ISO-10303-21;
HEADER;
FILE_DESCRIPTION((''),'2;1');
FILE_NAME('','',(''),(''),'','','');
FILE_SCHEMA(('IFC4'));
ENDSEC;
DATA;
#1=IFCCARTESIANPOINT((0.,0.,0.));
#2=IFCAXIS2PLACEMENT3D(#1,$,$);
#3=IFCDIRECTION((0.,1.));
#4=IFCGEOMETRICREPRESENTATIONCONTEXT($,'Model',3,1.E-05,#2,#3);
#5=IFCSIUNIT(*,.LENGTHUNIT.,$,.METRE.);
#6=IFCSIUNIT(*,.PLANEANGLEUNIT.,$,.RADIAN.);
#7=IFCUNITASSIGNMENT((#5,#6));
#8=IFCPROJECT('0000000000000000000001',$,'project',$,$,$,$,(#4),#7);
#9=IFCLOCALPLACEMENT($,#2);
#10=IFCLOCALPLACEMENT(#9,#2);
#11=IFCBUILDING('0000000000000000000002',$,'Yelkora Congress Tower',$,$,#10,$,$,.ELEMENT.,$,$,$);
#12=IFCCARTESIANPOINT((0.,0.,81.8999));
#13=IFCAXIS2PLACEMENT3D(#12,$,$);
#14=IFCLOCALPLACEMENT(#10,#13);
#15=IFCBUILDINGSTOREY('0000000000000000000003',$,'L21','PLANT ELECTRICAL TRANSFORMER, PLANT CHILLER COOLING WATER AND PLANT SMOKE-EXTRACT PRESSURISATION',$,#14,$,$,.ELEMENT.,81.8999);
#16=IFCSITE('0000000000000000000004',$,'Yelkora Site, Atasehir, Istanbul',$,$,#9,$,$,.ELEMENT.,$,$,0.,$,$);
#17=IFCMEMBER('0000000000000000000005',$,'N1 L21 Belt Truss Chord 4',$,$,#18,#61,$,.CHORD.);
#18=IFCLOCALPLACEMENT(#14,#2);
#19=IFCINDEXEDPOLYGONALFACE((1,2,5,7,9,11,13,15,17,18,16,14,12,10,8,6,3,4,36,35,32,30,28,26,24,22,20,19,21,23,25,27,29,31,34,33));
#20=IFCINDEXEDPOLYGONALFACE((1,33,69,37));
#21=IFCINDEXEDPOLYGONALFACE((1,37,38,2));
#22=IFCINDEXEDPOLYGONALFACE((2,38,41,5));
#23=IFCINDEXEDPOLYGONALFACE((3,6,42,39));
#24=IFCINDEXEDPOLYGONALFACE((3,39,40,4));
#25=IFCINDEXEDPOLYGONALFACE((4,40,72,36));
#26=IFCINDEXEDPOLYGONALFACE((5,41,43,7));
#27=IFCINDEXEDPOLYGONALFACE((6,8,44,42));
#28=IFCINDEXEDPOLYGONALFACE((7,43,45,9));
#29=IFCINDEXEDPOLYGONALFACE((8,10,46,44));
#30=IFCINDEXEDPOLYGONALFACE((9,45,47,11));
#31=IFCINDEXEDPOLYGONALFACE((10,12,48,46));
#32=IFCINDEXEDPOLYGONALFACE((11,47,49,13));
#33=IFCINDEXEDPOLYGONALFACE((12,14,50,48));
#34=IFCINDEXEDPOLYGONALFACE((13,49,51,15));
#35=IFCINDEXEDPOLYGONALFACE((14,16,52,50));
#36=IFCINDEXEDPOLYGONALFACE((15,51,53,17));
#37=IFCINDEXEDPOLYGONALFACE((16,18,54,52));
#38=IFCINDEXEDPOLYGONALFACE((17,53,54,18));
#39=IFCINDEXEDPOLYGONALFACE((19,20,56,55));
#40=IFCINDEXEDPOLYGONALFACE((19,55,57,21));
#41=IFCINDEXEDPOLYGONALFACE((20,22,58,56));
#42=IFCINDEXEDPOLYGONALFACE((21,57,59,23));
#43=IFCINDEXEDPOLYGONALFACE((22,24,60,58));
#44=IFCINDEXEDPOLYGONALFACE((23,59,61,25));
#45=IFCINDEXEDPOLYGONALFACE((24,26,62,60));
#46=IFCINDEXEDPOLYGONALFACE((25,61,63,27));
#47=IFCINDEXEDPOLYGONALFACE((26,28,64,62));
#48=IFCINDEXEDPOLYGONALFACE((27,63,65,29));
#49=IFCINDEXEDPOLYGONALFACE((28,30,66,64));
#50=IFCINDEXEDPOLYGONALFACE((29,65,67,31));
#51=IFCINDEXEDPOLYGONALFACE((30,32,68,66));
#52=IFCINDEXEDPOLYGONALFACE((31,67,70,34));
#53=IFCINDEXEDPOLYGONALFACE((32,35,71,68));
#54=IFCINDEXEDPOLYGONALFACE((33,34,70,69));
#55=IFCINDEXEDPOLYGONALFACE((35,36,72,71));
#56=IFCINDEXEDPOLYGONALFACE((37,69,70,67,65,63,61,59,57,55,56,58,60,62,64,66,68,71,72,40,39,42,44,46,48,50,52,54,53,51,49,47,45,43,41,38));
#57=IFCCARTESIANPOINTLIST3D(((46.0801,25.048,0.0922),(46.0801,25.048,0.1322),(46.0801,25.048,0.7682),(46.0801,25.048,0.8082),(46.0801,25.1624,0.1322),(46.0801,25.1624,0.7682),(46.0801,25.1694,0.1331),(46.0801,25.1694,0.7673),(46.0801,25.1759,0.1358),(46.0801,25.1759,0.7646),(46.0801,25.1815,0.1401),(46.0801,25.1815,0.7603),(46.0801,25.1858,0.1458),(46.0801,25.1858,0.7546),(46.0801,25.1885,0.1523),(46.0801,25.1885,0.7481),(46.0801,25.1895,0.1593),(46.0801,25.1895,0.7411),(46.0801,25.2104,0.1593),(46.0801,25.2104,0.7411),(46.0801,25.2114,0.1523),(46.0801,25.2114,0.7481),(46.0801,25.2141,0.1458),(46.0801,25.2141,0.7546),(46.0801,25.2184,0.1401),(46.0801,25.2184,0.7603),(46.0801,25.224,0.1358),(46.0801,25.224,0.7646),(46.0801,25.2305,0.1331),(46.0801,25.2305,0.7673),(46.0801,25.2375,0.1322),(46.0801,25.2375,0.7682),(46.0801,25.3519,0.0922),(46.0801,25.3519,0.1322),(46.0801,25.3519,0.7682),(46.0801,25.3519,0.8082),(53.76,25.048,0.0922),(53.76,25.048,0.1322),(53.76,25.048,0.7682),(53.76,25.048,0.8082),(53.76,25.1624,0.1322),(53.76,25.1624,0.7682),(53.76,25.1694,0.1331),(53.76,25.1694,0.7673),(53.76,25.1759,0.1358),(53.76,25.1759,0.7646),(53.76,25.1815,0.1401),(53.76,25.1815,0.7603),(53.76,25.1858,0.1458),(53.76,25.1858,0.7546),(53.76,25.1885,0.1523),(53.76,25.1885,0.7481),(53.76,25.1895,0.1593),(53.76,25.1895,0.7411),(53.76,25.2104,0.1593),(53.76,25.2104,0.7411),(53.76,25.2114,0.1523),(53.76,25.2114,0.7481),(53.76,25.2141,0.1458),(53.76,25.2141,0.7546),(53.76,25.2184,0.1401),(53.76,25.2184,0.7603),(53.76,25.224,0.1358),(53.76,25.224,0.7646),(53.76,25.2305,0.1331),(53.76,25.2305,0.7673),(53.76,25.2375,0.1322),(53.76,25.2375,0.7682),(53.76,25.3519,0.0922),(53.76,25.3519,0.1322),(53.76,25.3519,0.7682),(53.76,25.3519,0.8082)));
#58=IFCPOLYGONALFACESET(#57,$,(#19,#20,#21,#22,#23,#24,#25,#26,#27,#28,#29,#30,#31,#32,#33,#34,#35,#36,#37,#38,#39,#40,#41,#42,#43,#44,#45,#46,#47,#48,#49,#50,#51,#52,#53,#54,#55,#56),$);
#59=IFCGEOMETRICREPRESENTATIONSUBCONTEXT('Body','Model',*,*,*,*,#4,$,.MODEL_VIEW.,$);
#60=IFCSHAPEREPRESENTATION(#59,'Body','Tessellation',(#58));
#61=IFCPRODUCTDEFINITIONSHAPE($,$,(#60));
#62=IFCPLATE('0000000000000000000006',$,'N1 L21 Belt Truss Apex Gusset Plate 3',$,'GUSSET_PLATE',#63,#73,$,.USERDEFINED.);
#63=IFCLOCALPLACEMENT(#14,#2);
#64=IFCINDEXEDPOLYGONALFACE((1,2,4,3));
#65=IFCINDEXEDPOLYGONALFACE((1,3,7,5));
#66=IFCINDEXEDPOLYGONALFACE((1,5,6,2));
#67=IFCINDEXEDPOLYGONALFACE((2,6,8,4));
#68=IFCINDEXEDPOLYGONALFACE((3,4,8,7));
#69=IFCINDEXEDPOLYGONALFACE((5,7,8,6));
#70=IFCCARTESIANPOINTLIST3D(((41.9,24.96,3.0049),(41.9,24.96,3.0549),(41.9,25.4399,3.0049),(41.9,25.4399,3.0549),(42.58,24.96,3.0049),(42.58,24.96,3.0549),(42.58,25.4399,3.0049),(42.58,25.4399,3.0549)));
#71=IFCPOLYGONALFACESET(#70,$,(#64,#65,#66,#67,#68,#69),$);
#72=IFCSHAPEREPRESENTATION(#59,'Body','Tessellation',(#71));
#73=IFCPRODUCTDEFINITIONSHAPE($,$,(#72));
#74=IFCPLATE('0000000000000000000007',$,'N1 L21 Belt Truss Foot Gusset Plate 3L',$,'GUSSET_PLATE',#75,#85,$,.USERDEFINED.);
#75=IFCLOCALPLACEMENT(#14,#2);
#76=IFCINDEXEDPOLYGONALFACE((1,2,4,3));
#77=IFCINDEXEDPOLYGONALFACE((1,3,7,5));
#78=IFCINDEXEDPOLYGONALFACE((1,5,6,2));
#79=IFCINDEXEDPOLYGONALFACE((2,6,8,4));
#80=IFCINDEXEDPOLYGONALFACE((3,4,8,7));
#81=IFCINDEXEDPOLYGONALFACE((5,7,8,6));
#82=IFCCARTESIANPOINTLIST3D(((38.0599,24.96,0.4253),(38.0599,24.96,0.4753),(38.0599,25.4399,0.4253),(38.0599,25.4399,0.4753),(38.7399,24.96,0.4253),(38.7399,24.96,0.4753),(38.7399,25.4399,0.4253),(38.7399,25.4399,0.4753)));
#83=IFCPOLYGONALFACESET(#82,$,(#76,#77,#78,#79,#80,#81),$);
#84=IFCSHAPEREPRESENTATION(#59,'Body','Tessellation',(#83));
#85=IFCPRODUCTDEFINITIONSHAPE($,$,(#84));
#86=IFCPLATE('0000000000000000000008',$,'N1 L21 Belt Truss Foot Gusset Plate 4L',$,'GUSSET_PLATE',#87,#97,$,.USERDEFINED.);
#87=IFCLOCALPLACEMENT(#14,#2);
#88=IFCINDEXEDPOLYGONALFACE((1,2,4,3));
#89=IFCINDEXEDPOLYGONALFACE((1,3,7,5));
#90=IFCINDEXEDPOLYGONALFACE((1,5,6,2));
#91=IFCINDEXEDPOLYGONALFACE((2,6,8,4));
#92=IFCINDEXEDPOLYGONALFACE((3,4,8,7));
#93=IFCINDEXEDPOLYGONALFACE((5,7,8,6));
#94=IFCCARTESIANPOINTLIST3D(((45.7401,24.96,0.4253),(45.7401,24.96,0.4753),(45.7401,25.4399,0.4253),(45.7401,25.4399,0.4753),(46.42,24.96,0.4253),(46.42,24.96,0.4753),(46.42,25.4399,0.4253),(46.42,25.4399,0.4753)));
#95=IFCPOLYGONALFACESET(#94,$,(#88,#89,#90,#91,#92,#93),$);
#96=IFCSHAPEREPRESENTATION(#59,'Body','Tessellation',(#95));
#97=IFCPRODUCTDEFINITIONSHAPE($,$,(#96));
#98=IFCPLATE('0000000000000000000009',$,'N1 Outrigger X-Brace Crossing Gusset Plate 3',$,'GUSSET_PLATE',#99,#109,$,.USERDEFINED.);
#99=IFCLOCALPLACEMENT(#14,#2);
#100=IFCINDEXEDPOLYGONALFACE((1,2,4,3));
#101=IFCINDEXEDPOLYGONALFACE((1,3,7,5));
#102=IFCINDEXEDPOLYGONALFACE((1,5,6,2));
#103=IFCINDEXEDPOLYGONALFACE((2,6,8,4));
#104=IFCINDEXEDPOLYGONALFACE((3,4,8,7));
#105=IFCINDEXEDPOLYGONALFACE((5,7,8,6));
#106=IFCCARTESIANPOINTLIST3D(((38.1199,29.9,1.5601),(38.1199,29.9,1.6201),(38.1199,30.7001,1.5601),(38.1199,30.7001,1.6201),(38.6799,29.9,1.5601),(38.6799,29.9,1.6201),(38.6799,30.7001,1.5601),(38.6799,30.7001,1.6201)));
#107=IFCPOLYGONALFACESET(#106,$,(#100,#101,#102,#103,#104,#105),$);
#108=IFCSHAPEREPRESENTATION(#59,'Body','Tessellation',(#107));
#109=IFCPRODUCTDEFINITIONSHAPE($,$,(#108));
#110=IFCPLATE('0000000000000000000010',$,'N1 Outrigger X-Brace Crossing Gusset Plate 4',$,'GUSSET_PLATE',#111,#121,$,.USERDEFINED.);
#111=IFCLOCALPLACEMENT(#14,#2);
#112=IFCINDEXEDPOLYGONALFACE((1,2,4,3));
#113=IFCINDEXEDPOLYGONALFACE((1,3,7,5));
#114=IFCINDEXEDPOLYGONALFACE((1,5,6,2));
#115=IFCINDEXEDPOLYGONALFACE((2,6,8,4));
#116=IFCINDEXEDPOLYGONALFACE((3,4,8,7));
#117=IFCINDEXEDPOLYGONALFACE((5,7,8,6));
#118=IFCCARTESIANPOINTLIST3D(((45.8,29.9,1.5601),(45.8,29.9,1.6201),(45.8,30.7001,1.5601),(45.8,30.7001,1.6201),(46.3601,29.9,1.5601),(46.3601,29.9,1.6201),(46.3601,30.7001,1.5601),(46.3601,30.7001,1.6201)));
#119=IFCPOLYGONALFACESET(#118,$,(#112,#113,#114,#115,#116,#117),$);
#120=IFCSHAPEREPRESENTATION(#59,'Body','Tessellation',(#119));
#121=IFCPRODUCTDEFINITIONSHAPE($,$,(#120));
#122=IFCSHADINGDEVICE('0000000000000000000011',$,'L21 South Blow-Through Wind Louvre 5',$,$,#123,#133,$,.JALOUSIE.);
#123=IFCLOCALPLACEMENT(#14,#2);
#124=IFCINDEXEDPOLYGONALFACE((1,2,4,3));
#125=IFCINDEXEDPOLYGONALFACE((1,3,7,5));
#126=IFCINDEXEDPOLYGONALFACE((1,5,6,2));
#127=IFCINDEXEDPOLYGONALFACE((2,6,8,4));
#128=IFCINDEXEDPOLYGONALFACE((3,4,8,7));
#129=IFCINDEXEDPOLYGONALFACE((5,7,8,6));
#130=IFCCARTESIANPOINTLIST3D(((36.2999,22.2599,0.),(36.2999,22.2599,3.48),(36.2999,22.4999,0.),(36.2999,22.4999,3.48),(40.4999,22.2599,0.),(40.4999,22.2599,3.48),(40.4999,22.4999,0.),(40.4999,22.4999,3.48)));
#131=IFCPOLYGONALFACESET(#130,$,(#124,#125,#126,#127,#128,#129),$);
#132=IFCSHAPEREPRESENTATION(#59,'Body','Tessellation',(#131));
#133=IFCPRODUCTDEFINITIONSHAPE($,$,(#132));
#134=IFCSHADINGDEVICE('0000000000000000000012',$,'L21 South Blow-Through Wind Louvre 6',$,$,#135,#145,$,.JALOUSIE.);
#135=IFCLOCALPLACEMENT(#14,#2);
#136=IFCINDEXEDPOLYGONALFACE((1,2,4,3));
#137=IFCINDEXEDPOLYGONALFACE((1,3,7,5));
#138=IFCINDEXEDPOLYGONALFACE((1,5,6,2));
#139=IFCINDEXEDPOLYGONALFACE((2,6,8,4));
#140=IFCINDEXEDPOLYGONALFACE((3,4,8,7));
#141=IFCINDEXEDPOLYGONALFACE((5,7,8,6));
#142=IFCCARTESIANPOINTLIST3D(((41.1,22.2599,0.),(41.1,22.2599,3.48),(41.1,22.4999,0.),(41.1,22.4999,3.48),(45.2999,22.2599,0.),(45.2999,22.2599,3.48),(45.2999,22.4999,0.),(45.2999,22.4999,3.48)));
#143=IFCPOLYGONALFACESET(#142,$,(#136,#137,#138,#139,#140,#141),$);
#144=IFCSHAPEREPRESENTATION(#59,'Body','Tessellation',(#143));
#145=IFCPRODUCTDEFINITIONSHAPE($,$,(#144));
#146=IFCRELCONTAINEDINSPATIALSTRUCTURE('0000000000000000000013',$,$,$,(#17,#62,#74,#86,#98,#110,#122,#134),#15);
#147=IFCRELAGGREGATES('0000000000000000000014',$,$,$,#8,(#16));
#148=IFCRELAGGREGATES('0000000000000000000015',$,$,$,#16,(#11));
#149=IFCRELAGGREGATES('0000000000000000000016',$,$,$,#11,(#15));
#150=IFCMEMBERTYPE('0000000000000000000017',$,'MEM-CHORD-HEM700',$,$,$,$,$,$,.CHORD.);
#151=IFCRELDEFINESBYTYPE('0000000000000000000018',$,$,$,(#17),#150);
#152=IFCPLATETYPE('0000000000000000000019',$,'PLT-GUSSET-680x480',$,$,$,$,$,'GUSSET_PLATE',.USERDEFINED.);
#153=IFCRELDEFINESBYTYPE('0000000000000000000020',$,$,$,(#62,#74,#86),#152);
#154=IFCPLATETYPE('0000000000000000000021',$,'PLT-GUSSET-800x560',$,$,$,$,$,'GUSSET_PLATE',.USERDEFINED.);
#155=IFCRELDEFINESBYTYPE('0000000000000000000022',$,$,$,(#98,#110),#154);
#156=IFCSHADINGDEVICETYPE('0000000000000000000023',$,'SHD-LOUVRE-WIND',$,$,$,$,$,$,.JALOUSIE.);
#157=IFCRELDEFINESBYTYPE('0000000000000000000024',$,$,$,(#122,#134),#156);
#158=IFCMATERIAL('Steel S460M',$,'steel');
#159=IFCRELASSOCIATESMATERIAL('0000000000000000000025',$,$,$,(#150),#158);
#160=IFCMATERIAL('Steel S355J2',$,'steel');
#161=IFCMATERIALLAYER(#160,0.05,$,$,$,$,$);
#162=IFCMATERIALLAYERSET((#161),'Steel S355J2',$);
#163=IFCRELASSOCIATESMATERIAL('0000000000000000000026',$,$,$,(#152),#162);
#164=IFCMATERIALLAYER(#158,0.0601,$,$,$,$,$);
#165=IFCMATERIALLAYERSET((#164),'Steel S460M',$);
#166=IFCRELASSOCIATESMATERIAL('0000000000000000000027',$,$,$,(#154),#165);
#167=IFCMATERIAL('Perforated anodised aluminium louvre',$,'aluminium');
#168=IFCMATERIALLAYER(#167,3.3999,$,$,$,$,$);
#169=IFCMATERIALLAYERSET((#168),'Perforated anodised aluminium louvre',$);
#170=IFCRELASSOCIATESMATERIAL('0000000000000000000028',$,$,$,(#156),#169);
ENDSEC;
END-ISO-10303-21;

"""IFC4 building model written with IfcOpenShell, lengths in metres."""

from ifc_helpers import new_model, si_unit, direction, frame, origin, origin_2d, place, context, subcontext, project, spatial, rectangle, i_section, extrude, material, layer, layer_set, material_profile, profile_set, type_object, element, save


model = new_model("IFC4")

# Units and contexts
model_context = context("Model", 3, precision=1e-05, world=origin(), true_north=direction((0.0, 1.0)))
body_context = subcontext(model_context, "Body", "Model", "MODEL_VIEW")
ifc_project = project(units=[si_unit("LENGTHUNIT", "METRE"), si_unit("PLANEANGLEUNIT", "RADIAN")], contexts=[model_context])

# Site, building, storey
site_placement = place(None, origin())
site = spatial("IfcSite", under=ifc_project, at=site_placement, Name="Yelkora Site, Atasehir, Istanbul", CompositionType="ELEMENT", RefElevation=0.0)
building_placement = place(site_placement, origin())
building = spatial("IfcBuilding", under=site, at=building_placement, Name="Yelkora Congress Tower", CompositionType="ELEMENT")
storey_placement = place(building_placement, frame((0.0, 0.0, 81.8999)))
storey = spatial("IfcBuildingStorey", under=building, at=storey_placement, Name="L21", Description="PLANT ELECTRICAL TRANSFORMER, PLANT CHILLER COOLING WATER AND PLANT SMOKE-EXTRACT PRESSURISATION", CompositionType="ELEMENT", Elevation=81.8999)

# Shared definitions
ifc_material_1 = material(Name="Steel S460M", Category="steel")

# Member
ifc_material_profile_1 = material_profile(ifc_material_1, i_section(OverallWidth=0.304, OverallDepth=0.7161, WebThickness=0.021, FlangeThickness=0.04, FilletRadius=0.0271, at=origin_2d()), Name="HEM 700")
ifc_profile_set_1 = profile_set([ifc_material_profile_1], Name="Steel S460M")
member_type_1 = type_object("IfcMemberType", Name="MEM-CHORD-HEM700", PredefinedType="CHORD", material=ifc_profile_set_1)
member_1_placement = place(storey_placement, frame((46.0801, 25.2, 0.4502), z_axis=(1.0, 0.0, 0.0), x_axis=(0.0, 1.0, 0.0)))
element("IfcMember", 1, at=member_1_placement, inside=storey, type_object=member_type_1, Name="N1 L21 Belt Truss Chord 4", PredefinedType="CHORD", context=body_context, shape_type="SweptSolid", body=[
    extrude(i_section(OverallWidth=0.304, OverallDepth=0.7161, WebThickness=0.021, FlangeThickness=0.04, FilletRadius=0.0271, at=origin_2d()), origin(), (0.0, 0.0, 1.0), 7.6799),
])

# Plates
ifc_material_2 = material(Name="Steel S355J2", Category="steel")
ifc_layer_1 = layer(ifc_material_2, 0.05)
ifc_layer_set_1 = layer_set([ifc_layer_1], Name="Steel S355J2")
plate_type_1 = type_object("IfcPlateType", Name="PLT-GUSSET-680x480", ElementType="GUSSET_PLATE", PredefinedType="USERDEFINED", material=ifc_layer_set_1)
for number, where, z_axis, x_axis, name in (
    (2, (42.24, 25.2, 3.0049), (0.0, 0.0, 1.0), (1.0, 0.0, 0.0), "N1 L21 Belt Truss Apex Gusset Plate 3"),
    (3, (38.3999, 25.2, 0.4253), (0.0, 0.0, 1.0), (1.0, 0.0, 0.0), "N1 L21 Belt Truss Foot Gusset Plate 3L"),
    (4, (46.0801, 25.2, 0.4253), (0.0, 0.0, 1.0), (1.0, 0.0, 0.0), "N1 L21 Belt Truss Foot Gusset Plate 4L"),
):
    element("IfcPlate", number, at=place(storey_placement, frame(where, z_axis=z_axis, x_axis=x_axis)), inside=storey, type_object=plate_type_1, Name=name, ObjectType="GUSSET_PLATE", PredefinedType="USERDEFINED", context=body_context, shape_type="SweptSolid", body=[
        extrude(rectangle(XDim=0.6799, YDim=0.48, at=origin_2d()), origin(), (0.0, 0.0, 1.0), 0.05),
    ])
ifc_layer_2 = layer(ifc_material_1, 0.0601)
ifc_layer_set_2 = layer_set([ifc_layer_2], Name="Steel S460M")
plate_type_2 = type_object("IfcPlateType", Name="PLT-GUSSET-800x560", ElementType="GUSSET_PLATE", PredefinedType="USERDEFINED", material=ifc_layer_set_2)
for number, where, z_axis, x_axis, name in (
    (5, (38.3999, 30.3, 1.5601), (0.0, 0.0, 1.0), (0.0, 1.0, 0.0), "N1 Outrigger X-Brace Crossing Gusset Plate 3"),
    (6, (46.0801, 30.3, 1.5601), (0.0, 0.0, 1.0), (0.0, 1.0, 0.0), "N1 Outrigger X-Brace Crossing Gusset Plate 4"),
):
    element("IfcPlate", number, at=place(storey_placement, frame(where, z_axis=z_axis, x_axis=x_axis)), inside=storey, type_object=plate_type_2, Name=name, ObjectType="GUSSET_PLATE", PredefinedType="USERDEFINED", context=body_context, shape_type="SweptSolid", body=[
        extrude(rectangle(XDim=0.8, YDim=0.5601, at=origin_2d()), origin(), (0.0, 0.0, 1.0), 0.0601),
    ])

# Shading devices
ifc_material_3 = material(Name="Perforated anodised aluminium louvre", Category="aluminium")
ifc_layer_3 = layer(ifc_material_3, 3.3999)
ifc_layer_set_3 = layer_set([ifc_layer_3], Name="Perforated anodised aluminium louvre")
shading_device_type = type_object("IfcShadingDeviceType", Name="SHD-LOUVRE-WIND", PredefinedType="JALOUSIE", material=ifc_layer_set_3)
for number, where, z_axis, x_axis, name in (
    (7, (38.3999, 22.3799, 0.0), (0.0, 0.0, 1.0), (1.0, 0.0, 0.0), "L21 South Blow-Through Wind Louvre 5"),
    (8, (43.2, 22.3799, 0.0), (0.0, 0.0, 1.0), (1.0, 0.0, 0.0), "L21 South Blow-Through Wind Louvre 6"),
):
    element("IfcShadingDevice", number, at=place(storey_placement, frame(where, z_axis=z_axis, x_axis=x_axis)), inside=storey, type_object=shading_device_type, Name=name, PredefinedType="JALOUSIE", context=body_context, shape_type="SweptSolid", body=[
        extrude(rectangle(XDim=4.2, YDim=0.24, at=origin_2d()), origin(), (0.0, 0.0, 1.0), 3.48),
    ])

save(model, "model.ifc")
